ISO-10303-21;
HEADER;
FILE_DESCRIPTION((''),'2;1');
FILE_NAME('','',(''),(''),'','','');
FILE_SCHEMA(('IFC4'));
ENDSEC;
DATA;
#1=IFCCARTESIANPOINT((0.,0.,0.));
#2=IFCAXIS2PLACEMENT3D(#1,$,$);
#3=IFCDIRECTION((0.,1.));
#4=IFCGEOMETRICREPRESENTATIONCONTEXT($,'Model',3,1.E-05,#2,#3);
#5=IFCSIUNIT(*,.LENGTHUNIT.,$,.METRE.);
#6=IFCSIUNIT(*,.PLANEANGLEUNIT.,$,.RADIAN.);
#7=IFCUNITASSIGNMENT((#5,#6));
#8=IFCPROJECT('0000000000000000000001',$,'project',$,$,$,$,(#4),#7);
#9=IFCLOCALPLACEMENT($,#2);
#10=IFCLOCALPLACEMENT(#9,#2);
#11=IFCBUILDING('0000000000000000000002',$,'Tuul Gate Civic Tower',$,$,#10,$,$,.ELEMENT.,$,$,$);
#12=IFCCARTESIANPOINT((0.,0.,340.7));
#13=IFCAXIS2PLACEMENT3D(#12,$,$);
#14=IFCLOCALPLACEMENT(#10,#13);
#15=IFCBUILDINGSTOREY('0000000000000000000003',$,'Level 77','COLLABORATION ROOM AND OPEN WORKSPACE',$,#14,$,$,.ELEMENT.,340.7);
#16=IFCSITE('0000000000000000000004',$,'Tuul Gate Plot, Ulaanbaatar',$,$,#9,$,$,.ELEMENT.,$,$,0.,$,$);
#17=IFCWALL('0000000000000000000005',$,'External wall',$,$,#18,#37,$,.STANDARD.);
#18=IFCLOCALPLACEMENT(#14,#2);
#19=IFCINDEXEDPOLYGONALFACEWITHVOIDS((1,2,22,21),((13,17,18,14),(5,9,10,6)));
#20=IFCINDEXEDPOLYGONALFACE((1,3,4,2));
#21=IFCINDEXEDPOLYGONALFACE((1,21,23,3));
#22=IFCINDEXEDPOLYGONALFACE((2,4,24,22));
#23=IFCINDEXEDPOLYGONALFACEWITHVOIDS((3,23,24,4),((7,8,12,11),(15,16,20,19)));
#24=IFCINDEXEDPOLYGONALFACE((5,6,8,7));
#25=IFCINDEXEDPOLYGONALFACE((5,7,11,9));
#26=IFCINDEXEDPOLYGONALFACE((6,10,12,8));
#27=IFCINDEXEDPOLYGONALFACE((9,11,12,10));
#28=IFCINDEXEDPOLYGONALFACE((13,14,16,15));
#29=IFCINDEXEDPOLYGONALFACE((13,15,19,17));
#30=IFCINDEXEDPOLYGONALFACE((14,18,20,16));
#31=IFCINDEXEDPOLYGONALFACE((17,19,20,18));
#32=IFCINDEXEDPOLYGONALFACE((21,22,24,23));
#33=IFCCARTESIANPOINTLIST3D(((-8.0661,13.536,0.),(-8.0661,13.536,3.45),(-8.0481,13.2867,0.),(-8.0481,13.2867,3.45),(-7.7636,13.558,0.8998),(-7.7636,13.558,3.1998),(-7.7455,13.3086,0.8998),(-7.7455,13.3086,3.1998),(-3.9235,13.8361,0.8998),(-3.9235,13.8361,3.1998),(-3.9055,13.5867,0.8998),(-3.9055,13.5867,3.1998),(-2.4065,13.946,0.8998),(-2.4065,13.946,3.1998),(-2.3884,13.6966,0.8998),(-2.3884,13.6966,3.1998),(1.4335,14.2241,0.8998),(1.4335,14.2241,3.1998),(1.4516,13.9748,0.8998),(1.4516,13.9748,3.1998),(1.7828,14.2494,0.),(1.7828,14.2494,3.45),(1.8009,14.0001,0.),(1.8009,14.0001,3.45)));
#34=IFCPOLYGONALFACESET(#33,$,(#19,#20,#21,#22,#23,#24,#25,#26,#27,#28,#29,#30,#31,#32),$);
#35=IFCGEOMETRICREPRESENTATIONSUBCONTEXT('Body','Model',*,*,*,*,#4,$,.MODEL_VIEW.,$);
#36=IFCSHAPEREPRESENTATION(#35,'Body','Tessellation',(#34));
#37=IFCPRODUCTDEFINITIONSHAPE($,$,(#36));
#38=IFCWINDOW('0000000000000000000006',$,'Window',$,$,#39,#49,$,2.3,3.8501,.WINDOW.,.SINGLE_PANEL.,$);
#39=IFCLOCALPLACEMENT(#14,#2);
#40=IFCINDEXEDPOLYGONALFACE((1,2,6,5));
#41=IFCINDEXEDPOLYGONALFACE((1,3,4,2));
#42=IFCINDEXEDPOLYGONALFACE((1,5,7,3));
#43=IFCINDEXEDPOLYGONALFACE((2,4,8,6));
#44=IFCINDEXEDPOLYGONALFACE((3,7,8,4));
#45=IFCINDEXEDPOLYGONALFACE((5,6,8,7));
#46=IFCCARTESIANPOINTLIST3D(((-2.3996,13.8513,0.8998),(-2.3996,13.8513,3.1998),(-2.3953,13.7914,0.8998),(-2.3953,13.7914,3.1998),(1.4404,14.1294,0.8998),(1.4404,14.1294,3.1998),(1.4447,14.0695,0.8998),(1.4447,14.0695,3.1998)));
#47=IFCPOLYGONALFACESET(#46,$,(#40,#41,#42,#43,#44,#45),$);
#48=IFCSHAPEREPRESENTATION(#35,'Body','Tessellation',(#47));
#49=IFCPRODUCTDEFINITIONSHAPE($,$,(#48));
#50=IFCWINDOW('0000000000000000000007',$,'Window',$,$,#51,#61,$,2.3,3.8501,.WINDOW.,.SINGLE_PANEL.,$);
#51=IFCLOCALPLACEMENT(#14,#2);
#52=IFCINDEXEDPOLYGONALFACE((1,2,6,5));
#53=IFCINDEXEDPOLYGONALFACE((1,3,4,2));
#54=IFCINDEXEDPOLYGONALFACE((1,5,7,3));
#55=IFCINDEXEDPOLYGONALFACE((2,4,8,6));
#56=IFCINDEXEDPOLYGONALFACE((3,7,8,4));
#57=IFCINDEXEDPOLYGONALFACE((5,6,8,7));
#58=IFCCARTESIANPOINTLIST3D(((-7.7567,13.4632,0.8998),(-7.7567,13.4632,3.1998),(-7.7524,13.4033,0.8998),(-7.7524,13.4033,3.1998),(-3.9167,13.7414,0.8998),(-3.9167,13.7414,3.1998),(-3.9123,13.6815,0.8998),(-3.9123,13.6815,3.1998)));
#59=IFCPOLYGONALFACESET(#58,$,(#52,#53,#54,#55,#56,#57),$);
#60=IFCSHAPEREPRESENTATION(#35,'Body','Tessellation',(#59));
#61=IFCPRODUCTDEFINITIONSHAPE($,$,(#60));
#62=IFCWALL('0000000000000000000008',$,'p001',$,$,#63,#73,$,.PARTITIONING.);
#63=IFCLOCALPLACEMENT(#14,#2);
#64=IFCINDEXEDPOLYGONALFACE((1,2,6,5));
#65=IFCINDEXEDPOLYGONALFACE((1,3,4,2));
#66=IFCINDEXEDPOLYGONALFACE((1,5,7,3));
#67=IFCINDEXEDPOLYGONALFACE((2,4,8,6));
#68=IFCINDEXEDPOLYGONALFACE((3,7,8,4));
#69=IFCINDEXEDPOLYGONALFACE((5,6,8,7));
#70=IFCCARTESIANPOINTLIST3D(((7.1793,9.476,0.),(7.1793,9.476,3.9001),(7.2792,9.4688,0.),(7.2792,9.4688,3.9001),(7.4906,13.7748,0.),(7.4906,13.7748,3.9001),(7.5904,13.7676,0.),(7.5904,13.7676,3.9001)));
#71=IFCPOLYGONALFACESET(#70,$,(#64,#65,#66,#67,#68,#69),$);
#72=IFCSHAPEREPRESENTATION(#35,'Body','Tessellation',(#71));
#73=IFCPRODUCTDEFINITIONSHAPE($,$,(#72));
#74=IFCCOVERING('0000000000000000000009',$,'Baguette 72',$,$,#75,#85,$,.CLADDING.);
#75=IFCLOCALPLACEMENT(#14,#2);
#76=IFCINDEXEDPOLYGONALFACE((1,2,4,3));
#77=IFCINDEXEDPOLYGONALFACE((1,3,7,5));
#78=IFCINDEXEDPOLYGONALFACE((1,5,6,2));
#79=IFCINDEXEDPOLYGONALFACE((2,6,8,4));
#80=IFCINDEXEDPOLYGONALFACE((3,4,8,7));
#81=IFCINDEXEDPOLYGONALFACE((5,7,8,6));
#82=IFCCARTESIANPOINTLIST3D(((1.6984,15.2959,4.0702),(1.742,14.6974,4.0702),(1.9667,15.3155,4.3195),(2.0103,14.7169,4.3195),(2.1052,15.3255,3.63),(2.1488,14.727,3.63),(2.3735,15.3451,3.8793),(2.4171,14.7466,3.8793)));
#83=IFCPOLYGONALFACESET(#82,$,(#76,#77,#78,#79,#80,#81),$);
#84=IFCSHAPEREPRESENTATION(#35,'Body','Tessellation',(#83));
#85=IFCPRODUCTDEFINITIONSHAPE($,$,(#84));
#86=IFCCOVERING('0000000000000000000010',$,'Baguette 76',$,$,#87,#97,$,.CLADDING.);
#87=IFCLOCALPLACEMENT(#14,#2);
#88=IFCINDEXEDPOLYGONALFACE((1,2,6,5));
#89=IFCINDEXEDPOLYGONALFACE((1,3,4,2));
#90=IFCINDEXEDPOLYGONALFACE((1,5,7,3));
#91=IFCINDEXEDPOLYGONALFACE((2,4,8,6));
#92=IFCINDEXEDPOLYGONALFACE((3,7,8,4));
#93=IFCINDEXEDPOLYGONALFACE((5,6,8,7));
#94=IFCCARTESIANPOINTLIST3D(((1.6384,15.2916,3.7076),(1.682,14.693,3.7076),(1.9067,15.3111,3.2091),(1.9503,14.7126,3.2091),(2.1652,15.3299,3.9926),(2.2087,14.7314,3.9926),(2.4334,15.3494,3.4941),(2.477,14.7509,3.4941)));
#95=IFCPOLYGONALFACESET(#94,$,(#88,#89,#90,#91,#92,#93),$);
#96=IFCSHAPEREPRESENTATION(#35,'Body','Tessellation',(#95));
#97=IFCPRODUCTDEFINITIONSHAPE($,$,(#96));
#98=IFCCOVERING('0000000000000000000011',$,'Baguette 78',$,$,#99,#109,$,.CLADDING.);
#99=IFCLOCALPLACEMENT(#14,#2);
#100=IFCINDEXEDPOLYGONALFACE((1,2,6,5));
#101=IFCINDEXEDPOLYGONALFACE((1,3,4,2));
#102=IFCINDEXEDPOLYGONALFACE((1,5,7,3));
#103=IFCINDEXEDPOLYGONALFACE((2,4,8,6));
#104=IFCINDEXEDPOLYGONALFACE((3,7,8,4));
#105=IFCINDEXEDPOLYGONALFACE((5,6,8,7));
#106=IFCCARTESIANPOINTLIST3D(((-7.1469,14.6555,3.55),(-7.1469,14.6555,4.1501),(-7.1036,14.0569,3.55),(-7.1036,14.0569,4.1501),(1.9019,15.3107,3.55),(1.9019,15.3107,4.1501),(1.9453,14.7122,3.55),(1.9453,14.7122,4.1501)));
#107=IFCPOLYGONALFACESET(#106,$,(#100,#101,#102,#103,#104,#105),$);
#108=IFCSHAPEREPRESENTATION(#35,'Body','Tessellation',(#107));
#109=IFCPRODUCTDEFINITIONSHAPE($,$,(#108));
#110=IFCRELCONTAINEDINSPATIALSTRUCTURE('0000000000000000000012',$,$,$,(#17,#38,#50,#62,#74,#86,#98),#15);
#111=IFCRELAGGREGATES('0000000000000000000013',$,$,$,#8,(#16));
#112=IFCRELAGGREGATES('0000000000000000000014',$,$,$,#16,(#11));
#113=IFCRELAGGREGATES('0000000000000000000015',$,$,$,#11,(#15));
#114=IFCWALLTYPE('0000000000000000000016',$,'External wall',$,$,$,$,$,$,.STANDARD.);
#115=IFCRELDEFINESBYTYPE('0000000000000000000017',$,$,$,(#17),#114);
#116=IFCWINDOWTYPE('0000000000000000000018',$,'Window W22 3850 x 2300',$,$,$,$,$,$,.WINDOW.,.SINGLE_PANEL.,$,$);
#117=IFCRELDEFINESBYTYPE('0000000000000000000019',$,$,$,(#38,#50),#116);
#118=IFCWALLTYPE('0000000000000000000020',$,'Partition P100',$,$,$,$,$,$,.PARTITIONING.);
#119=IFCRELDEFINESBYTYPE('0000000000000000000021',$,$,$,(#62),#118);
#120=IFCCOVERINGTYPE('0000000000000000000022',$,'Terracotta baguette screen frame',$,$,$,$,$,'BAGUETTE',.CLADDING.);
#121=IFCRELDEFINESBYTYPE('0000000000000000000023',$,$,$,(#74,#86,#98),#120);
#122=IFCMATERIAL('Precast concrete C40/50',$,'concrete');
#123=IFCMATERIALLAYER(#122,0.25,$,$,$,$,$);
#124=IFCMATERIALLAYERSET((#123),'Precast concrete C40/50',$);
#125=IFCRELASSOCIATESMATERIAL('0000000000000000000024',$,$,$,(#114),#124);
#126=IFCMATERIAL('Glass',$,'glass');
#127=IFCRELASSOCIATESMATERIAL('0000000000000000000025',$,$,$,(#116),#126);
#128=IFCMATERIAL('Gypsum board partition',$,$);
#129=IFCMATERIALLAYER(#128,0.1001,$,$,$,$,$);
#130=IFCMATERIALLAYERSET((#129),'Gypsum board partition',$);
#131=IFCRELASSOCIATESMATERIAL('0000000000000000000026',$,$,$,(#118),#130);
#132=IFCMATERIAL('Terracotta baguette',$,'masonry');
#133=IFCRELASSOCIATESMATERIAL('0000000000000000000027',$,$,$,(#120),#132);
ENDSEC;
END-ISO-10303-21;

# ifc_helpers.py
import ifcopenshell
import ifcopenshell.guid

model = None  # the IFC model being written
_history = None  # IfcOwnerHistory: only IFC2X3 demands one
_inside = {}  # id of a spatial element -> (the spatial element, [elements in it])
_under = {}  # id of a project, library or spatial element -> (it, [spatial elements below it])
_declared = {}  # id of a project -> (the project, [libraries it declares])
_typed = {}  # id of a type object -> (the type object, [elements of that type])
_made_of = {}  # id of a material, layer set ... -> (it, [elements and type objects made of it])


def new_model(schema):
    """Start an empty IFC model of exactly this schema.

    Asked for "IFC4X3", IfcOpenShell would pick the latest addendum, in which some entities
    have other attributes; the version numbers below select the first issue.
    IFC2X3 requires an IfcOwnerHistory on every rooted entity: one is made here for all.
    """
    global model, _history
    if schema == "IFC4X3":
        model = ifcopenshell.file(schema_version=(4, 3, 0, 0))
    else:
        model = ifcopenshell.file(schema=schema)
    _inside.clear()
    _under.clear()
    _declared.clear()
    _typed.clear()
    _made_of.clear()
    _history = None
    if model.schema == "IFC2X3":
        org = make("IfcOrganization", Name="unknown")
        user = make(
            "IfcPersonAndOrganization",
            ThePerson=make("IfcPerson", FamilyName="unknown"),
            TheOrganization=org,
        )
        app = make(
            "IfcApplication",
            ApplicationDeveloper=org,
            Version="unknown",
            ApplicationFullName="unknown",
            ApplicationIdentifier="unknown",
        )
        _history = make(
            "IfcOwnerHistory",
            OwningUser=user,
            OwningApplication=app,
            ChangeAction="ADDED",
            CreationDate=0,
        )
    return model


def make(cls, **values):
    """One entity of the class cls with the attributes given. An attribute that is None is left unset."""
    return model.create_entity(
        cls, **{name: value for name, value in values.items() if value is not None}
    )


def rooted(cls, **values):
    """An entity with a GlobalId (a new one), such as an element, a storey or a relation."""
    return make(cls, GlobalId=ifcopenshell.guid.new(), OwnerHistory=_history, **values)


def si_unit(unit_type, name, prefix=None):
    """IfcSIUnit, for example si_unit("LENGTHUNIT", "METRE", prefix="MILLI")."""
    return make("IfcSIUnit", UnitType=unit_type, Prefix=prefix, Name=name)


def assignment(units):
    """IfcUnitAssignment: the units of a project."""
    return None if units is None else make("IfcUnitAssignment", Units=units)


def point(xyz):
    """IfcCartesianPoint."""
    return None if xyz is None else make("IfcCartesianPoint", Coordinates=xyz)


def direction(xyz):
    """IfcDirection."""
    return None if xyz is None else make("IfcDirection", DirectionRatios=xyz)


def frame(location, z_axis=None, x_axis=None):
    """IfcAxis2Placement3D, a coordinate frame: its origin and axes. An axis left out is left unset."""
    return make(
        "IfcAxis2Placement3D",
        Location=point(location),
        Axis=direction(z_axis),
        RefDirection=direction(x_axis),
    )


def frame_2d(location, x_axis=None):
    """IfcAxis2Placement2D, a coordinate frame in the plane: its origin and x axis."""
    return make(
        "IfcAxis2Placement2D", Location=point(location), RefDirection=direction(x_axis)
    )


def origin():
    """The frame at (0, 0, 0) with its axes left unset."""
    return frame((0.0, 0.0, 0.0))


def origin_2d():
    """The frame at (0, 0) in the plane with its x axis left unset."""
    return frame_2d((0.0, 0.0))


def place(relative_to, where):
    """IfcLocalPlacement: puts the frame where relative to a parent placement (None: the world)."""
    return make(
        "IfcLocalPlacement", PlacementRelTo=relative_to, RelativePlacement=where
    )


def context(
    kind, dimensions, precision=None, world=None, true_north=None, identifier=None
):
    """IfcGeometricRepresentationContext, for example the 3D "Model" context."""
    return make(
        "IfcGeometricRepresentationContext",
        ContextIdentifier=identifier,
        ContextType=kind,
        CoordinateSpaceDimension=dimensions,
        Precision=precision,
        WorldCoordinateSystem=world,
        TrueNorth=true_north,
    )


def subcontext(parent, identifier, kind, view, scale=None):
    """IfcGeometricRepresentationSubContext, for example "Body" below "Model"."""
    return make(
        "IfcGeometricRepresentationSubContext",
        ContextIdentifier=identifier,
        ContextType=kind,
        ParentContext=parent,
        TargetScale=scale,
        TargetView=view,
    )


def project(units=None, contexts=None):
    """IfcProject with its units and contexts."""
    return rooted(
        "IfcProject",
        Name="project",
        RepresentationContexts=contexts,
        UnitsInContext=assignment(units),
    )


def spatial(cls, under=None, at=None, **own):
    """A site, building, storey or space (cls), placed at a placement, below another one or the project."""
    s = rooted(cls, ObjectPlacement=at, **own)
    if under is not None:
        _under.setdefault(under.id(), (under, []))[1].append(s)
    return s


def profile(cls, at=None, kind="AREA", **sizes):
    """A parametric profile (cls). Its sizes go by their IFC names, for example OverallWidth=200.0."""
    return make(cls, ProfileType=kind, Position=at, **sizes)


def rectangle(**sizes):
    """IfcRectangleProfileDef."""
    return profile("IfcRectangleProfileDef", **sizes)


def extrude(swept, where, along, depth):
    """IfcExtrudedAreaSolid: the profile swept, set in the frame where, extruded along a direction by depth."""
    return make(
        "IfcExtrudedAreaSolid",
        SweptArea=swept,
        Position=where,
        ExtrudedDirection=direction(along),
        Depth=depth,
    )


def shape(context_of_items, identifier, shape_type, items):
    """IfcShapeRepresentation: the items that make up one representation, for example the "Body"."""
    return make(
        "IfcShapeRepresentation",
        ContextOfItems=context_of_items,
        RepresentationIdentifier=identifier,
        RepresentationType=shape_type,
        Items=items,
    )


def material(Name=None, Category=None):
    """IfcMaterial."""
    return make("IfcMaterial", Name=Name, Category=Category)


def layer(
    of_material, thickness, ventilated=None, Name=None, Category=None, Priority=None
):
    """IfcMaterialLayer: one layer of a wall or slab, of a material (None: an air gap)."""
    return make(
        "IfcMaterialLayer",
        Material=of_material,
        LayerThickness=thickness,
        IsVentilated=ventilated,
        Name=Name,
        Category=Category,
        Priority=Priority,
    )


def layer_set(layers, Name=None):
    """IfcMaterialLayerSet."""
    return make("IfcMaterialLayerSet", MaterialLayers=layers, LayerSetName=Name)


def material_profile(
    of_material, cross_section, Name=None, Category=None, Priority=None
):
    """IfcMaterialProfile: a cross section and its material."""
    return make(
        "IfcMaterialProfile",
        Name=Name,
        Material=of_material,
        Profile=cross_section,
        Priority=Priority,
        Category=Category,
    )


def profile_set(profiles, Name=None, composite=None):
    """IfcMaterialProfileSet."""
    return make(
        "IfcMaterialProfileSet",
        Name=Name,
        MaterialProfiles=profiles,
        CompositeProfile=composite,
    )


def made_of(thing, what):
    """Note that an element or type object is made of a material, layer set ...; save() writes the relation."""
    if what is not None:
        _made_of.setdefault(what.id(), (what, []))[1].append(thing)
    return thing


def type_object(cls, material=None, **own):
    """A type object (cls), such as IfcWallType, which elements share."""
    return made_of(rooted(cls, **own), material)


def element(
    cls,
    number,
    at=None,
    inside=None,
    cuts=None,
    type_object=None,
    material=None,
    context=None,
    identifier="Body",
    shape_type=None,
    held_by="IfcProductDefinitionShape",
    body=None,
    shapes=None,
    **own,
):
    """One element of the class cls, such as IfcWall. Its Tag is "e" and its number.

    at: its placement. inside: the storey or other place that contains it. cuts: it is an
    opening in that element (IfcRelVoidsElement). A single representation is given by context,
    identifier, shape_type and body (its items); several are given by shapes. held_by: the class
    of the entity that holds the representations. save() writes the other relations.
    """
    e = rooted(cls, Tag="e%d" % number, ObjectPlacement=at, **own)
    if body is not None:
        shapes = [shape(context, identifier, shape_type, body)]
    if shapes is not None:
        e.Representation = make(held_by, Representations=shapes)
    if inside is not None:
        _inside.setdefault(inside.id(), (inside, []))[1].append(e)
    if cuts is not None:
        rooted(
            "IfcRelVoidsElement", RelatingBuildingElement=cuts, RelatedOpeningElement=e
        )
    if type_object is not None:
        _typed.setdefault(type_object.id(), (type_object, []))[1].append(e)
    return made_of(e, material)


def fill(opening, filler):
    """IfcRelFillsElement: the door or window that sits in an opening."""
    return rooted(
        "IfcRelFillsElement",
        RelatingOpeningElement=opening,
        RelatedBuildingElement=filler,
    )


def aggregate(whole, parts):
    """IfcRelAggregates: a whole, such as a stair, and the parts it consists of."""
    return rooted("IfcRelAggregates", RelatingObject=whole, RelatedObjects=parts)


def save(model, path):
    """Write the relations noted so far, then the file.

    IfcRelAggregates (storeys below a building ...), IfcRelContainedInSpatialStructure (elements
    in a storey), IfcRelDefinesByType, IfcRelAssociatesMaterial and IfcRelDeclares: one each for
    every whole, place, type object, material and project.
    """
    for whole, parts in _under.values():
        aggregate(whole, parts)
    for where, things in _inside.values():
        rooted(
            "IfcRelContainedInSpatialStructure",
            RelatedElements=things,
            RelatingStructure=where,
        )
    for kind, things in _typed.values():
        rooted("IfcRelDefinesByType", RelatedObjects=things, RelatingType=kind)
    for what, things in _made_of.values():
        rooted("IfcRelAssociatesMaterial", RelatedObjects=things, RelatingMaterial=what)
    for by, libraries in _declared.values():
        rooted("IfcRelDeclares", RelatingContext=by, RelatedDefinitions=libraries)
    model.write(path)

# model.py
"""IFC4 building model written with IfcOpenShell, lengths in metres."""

from ifc_helpers import new_model, si_unit, direction, frame, frame_2d, origin, origin_2d, place, context, subcontext, project, spatial, rectangle, extrude, material, layer, layer_set, material_profile, profile_set, type_object, element, fill, save


model = new_model("IFC4")

# Units and contexts
model_context = context("Model", 3, precision=1e-05, world=origin(), true_north=direction((0.0, 1.0)))
body_context = subcontext(model_context, "Body", "Model", "MODEL_VIEW")
ifc_project = project(units=[si_unit("LENGTHUNIT", "METRE"), si_unit("PLANEANGLEUNIT", "RADIAN")], contexts=[model_context])

# Site, building, storey
site_placement = place(None, origin())
site = spatial("IfcSite", under=ifc_project, at=site_placement, Name="Tuul Gate Plot, Ulaanbaatar", CompositionType="ELEMENT", RefElevation=0.0)
building_placement = place(site_placement, origin())
building = spatial("IfcBuilding", under=site, at=building_placement, Name="Tuul Gate Civic Tower", CompositionType="ELEMENT")
storey_placement = place(building_placement, frame((0.0, 0.0, 340.7)))
storey = spatial("IfcBuildingStorey", under=building, at=storey_placement, Name="Level 77", Description="COLLABORATION ROOM AND OPEN WORKSPACE", CompositionType="ELEMENT", Elevation=340.7)

# Wall, openings, windows
ifc_material_1 = material(Name="Precast concrete C40/50", Category="concrete")
ifc_layer_1 = layer(ifc_material_1, 0.25)
ifc_layer_set_1 = layer_set([ifc_layer_1], Name="Precast concrete C40/50")
wall_type_1 = type_object("IfcWallType", Name="External wall", PredefinedType="STANDARD", material=ifc_layer_set_1)
wall_1_placement = place(storey_placement, frame((1.792, 14.1248, 0.0), z_axis=(0.0, 0.0, 1.0), x_axis=(-0.997387, -0.072243, 0.0)))
wall_1 = element("IfcWall", 1, at=wall_1_placement, inside=storey, type_object=wall_type_1, Name="External wall", PredefinedType="STANDARD", context=body_context, shape_type="SweptSolid", body=[
    extrude(rectangle(XDim=9.8748, YDim=0.25, at=frame_2d((4.9375, 0.0))), origin(), (0.0, 0.0, 1.0), 3.45),
])
opening_1_placement = place(wall_1_placement, frame((0.3503, 0.0, 0.8999)))
opening_1 = element("IfcOpeningElement", 2, at=opening_1_placement, cuts=wall_1, PredefinedType="OPENING", context=body_context, shape_type="SweptSolid", body=[
    extrude(rectangle(XDim=3.8501, YDim=2.3, at=frame_2d((1.925, 1.1499))), frame((0.0, 0.135, 0.0), z_axis=(0.0, -1.0, 0.0), x_axis=(1.0, 0.0, 0.0)), (0.0, 0.0, 1.0), 0.27),
])
opening_2_placement = place(wall_1_placement, frame((5.7214, 0.0, 0.8999)))
opening_2 = element("IfcOpeningElement", 3, at=opening_2_placement, cuts=wall_1, PredefinedType="OPENING", context=body_context, shape_type="SweptSolid", body=[
    extrude(rectangle(XDim=3.8501, YDim=2.3, at=frame_2d((1.925, 1.1499))), frame((0.0, 0.135, 0.0), z_axis=(0.0, -1.0, 0.0), x_axis=(1.0, 0.0, 0.0)), (0.0, 0.0, 1.0), 0.27),
])
ifc_material_2 = material(Name="Glass", Category="glass")
window_type = type_object("IfcWindowType", Name="Window W22 3850 x 2300", PartitioningType="SINGLE_PANEL", PredefinedType="WINDOW", material=ifc_material_2)
window_1_placement = place(opening_1_placement, origin())
window_1 = element("IfcWindow", 4, at=window_1_placement, inside=storey, type_object=window_type, Name="Window", OverallHeight=2.3, OverallWidth=3.8501, PartitioningType="SINGLE_PANEL", PredefinedType="WINDOW", context=body_context, shape_type="SweptSolid", body=[
    extrude(rectangle(XDim=3.8501, YDim=2.3, at=frame_2d((1.925, 1.1499))), frame((0.0, 0.03, 0.0), z_axis=(0.0, -1.0, 0.0), x_axis=(1.0, 0.0, 0.0)), (0.0, 0.0, 1.0), 0.0601),
])
fill(opening_1, window_1)
window_2_placement = place(opening_2_placement, origin())
window_2 = element("IfcWindow", 5, at=window_2_placement, inside=storey, type_object=window_type, Name="Window", OverallHeight=2.3, OverallWidth=3.8501, PartitioningType="SINGLE_PANEL", PredefinedType="WINDOW", context=body_context, shape_type="SweptSolid", body=[
    extrude(rectangle(XDim=3.8501, YDim=2.3, at=frame_2d((1.925, 1.1499))), frame((0.0, 0.03, 0.0), z_axis=(0.0, -1.0, 0.0), x_axis=(1.0, 0.0, 0.0)), (0.0, 0.0, 1.0), 0.0601),
])
fill(opening_2, window_2)

# Wall
ifc_material_3 = material(Name="Gypsum board partition")
ifc_layer_2 = layer(ifc_material_3, 0.1001)
ifc_layer_set_2 = layer_set([ifc_layer_2], Name="Gypsum board partition")
wall_type_2 = type_object("IfcWallType", Name="Partition P100", PredefinedType="PARTITIONING", material=ifc_layer_set_2)
wall_2_placement = place(storey_placement, frame((7.2292, 9.4724, 0.0), z_axis=(0.0, 0.0, 1.0), x_axis=(0.072221, 0.997389, 0.0)))
element("IfcWall", 6, at=wall_2_placement, inside=storey, type_object=wall_type_2, Name="p001", PredefinedType="PARTITIONING", context=body_context, shape_type="SweptSolid", body=[
    extrude(rectangle(XDim=4.3101, YDim=0.1001, at=frame_2d((2.155, 0.0))), origin(), (0.0, 0.0, 1.0), 3.9001),
])

# Coverings
ifc_material_4 = material(Name="Terracotta baguette", Category="masonry")
ifc_material_profile_1 = material_profile(ifc_material_4, rectangle(XDim=0.6001, YDim=0.6001, at=origin_2d()), Name="Terracotta baguette screen frame")
ifc_profile_set_1 = profile_set([ifc_material_profile_1], Name="Terracotta baguette")
covering_type = type_object("IfcCoveringType", Name="Terracotta baguette screen frame", ElementType="BAGUETTE", PredefinedType="CLADDING", material=ifc_profile_set_1)
covering_1_placement = place(storey_placement, frame((2.1919, 15.031, 4.0994), z_axis=(-0.731588, -0.053255, -0.679664), x_axis=(0.072601, -0.997361, 0.0)))
element("IfcCovering", 7, at=covering_1_placement, inside=storey, type_object=covering_type, Name="Baguette 72", PredefinedType="CLADDING", context=body_context, shape_type="SweptSolid", body=[
    extrude(rectangle(XDim=0.6001, YDim=0.6001, at=origin_2d()), origin(), (0.0, 0.0, 1.0), 0.3667),
])
covering_2_placement = place(storey_placement, frame((1.9236, 15.0115, 3.8501), z_axis=(0.473638, 0.034478, -0.880044), x_axis=(-0.072601, 0.997361, 0.0)))
element("IfcCovering", 8, at=covering_2_placement, inside=storey, type_object=covering_type, Name="Baguette 76", PredefinedType="CLADDING", context=body_context, shape_type="SweptSolid", body=[
    extrude(rectangle(XDim=0.6001, YDim=0.6001, at=origin_2d()), origin(), (0.0, 0.0, 1.0), 0.5664),
])
covering_3_placement = place(storey_placement, frame((1.9236, 15.0115, 3.8501), z_axis=(-0.997388, -0.072226, 0.0), x_axis=(0.072226, -0.997388, 0.0)))
element("IfcCovering", 9, at=covering_3_placement, inside=storey, type_object=covering_type, Name="Baguette 78", PredefinedType="CLADDING", context=body_context, shape_type="SweptSolid", body=[
    extrude(rectangle(XDim=0.6001, YDim=0.6001, at=origin_2d()), origin(), (0.0, 0.0, 1.0), 9.0725),
])

save(model, "model.ifc")
